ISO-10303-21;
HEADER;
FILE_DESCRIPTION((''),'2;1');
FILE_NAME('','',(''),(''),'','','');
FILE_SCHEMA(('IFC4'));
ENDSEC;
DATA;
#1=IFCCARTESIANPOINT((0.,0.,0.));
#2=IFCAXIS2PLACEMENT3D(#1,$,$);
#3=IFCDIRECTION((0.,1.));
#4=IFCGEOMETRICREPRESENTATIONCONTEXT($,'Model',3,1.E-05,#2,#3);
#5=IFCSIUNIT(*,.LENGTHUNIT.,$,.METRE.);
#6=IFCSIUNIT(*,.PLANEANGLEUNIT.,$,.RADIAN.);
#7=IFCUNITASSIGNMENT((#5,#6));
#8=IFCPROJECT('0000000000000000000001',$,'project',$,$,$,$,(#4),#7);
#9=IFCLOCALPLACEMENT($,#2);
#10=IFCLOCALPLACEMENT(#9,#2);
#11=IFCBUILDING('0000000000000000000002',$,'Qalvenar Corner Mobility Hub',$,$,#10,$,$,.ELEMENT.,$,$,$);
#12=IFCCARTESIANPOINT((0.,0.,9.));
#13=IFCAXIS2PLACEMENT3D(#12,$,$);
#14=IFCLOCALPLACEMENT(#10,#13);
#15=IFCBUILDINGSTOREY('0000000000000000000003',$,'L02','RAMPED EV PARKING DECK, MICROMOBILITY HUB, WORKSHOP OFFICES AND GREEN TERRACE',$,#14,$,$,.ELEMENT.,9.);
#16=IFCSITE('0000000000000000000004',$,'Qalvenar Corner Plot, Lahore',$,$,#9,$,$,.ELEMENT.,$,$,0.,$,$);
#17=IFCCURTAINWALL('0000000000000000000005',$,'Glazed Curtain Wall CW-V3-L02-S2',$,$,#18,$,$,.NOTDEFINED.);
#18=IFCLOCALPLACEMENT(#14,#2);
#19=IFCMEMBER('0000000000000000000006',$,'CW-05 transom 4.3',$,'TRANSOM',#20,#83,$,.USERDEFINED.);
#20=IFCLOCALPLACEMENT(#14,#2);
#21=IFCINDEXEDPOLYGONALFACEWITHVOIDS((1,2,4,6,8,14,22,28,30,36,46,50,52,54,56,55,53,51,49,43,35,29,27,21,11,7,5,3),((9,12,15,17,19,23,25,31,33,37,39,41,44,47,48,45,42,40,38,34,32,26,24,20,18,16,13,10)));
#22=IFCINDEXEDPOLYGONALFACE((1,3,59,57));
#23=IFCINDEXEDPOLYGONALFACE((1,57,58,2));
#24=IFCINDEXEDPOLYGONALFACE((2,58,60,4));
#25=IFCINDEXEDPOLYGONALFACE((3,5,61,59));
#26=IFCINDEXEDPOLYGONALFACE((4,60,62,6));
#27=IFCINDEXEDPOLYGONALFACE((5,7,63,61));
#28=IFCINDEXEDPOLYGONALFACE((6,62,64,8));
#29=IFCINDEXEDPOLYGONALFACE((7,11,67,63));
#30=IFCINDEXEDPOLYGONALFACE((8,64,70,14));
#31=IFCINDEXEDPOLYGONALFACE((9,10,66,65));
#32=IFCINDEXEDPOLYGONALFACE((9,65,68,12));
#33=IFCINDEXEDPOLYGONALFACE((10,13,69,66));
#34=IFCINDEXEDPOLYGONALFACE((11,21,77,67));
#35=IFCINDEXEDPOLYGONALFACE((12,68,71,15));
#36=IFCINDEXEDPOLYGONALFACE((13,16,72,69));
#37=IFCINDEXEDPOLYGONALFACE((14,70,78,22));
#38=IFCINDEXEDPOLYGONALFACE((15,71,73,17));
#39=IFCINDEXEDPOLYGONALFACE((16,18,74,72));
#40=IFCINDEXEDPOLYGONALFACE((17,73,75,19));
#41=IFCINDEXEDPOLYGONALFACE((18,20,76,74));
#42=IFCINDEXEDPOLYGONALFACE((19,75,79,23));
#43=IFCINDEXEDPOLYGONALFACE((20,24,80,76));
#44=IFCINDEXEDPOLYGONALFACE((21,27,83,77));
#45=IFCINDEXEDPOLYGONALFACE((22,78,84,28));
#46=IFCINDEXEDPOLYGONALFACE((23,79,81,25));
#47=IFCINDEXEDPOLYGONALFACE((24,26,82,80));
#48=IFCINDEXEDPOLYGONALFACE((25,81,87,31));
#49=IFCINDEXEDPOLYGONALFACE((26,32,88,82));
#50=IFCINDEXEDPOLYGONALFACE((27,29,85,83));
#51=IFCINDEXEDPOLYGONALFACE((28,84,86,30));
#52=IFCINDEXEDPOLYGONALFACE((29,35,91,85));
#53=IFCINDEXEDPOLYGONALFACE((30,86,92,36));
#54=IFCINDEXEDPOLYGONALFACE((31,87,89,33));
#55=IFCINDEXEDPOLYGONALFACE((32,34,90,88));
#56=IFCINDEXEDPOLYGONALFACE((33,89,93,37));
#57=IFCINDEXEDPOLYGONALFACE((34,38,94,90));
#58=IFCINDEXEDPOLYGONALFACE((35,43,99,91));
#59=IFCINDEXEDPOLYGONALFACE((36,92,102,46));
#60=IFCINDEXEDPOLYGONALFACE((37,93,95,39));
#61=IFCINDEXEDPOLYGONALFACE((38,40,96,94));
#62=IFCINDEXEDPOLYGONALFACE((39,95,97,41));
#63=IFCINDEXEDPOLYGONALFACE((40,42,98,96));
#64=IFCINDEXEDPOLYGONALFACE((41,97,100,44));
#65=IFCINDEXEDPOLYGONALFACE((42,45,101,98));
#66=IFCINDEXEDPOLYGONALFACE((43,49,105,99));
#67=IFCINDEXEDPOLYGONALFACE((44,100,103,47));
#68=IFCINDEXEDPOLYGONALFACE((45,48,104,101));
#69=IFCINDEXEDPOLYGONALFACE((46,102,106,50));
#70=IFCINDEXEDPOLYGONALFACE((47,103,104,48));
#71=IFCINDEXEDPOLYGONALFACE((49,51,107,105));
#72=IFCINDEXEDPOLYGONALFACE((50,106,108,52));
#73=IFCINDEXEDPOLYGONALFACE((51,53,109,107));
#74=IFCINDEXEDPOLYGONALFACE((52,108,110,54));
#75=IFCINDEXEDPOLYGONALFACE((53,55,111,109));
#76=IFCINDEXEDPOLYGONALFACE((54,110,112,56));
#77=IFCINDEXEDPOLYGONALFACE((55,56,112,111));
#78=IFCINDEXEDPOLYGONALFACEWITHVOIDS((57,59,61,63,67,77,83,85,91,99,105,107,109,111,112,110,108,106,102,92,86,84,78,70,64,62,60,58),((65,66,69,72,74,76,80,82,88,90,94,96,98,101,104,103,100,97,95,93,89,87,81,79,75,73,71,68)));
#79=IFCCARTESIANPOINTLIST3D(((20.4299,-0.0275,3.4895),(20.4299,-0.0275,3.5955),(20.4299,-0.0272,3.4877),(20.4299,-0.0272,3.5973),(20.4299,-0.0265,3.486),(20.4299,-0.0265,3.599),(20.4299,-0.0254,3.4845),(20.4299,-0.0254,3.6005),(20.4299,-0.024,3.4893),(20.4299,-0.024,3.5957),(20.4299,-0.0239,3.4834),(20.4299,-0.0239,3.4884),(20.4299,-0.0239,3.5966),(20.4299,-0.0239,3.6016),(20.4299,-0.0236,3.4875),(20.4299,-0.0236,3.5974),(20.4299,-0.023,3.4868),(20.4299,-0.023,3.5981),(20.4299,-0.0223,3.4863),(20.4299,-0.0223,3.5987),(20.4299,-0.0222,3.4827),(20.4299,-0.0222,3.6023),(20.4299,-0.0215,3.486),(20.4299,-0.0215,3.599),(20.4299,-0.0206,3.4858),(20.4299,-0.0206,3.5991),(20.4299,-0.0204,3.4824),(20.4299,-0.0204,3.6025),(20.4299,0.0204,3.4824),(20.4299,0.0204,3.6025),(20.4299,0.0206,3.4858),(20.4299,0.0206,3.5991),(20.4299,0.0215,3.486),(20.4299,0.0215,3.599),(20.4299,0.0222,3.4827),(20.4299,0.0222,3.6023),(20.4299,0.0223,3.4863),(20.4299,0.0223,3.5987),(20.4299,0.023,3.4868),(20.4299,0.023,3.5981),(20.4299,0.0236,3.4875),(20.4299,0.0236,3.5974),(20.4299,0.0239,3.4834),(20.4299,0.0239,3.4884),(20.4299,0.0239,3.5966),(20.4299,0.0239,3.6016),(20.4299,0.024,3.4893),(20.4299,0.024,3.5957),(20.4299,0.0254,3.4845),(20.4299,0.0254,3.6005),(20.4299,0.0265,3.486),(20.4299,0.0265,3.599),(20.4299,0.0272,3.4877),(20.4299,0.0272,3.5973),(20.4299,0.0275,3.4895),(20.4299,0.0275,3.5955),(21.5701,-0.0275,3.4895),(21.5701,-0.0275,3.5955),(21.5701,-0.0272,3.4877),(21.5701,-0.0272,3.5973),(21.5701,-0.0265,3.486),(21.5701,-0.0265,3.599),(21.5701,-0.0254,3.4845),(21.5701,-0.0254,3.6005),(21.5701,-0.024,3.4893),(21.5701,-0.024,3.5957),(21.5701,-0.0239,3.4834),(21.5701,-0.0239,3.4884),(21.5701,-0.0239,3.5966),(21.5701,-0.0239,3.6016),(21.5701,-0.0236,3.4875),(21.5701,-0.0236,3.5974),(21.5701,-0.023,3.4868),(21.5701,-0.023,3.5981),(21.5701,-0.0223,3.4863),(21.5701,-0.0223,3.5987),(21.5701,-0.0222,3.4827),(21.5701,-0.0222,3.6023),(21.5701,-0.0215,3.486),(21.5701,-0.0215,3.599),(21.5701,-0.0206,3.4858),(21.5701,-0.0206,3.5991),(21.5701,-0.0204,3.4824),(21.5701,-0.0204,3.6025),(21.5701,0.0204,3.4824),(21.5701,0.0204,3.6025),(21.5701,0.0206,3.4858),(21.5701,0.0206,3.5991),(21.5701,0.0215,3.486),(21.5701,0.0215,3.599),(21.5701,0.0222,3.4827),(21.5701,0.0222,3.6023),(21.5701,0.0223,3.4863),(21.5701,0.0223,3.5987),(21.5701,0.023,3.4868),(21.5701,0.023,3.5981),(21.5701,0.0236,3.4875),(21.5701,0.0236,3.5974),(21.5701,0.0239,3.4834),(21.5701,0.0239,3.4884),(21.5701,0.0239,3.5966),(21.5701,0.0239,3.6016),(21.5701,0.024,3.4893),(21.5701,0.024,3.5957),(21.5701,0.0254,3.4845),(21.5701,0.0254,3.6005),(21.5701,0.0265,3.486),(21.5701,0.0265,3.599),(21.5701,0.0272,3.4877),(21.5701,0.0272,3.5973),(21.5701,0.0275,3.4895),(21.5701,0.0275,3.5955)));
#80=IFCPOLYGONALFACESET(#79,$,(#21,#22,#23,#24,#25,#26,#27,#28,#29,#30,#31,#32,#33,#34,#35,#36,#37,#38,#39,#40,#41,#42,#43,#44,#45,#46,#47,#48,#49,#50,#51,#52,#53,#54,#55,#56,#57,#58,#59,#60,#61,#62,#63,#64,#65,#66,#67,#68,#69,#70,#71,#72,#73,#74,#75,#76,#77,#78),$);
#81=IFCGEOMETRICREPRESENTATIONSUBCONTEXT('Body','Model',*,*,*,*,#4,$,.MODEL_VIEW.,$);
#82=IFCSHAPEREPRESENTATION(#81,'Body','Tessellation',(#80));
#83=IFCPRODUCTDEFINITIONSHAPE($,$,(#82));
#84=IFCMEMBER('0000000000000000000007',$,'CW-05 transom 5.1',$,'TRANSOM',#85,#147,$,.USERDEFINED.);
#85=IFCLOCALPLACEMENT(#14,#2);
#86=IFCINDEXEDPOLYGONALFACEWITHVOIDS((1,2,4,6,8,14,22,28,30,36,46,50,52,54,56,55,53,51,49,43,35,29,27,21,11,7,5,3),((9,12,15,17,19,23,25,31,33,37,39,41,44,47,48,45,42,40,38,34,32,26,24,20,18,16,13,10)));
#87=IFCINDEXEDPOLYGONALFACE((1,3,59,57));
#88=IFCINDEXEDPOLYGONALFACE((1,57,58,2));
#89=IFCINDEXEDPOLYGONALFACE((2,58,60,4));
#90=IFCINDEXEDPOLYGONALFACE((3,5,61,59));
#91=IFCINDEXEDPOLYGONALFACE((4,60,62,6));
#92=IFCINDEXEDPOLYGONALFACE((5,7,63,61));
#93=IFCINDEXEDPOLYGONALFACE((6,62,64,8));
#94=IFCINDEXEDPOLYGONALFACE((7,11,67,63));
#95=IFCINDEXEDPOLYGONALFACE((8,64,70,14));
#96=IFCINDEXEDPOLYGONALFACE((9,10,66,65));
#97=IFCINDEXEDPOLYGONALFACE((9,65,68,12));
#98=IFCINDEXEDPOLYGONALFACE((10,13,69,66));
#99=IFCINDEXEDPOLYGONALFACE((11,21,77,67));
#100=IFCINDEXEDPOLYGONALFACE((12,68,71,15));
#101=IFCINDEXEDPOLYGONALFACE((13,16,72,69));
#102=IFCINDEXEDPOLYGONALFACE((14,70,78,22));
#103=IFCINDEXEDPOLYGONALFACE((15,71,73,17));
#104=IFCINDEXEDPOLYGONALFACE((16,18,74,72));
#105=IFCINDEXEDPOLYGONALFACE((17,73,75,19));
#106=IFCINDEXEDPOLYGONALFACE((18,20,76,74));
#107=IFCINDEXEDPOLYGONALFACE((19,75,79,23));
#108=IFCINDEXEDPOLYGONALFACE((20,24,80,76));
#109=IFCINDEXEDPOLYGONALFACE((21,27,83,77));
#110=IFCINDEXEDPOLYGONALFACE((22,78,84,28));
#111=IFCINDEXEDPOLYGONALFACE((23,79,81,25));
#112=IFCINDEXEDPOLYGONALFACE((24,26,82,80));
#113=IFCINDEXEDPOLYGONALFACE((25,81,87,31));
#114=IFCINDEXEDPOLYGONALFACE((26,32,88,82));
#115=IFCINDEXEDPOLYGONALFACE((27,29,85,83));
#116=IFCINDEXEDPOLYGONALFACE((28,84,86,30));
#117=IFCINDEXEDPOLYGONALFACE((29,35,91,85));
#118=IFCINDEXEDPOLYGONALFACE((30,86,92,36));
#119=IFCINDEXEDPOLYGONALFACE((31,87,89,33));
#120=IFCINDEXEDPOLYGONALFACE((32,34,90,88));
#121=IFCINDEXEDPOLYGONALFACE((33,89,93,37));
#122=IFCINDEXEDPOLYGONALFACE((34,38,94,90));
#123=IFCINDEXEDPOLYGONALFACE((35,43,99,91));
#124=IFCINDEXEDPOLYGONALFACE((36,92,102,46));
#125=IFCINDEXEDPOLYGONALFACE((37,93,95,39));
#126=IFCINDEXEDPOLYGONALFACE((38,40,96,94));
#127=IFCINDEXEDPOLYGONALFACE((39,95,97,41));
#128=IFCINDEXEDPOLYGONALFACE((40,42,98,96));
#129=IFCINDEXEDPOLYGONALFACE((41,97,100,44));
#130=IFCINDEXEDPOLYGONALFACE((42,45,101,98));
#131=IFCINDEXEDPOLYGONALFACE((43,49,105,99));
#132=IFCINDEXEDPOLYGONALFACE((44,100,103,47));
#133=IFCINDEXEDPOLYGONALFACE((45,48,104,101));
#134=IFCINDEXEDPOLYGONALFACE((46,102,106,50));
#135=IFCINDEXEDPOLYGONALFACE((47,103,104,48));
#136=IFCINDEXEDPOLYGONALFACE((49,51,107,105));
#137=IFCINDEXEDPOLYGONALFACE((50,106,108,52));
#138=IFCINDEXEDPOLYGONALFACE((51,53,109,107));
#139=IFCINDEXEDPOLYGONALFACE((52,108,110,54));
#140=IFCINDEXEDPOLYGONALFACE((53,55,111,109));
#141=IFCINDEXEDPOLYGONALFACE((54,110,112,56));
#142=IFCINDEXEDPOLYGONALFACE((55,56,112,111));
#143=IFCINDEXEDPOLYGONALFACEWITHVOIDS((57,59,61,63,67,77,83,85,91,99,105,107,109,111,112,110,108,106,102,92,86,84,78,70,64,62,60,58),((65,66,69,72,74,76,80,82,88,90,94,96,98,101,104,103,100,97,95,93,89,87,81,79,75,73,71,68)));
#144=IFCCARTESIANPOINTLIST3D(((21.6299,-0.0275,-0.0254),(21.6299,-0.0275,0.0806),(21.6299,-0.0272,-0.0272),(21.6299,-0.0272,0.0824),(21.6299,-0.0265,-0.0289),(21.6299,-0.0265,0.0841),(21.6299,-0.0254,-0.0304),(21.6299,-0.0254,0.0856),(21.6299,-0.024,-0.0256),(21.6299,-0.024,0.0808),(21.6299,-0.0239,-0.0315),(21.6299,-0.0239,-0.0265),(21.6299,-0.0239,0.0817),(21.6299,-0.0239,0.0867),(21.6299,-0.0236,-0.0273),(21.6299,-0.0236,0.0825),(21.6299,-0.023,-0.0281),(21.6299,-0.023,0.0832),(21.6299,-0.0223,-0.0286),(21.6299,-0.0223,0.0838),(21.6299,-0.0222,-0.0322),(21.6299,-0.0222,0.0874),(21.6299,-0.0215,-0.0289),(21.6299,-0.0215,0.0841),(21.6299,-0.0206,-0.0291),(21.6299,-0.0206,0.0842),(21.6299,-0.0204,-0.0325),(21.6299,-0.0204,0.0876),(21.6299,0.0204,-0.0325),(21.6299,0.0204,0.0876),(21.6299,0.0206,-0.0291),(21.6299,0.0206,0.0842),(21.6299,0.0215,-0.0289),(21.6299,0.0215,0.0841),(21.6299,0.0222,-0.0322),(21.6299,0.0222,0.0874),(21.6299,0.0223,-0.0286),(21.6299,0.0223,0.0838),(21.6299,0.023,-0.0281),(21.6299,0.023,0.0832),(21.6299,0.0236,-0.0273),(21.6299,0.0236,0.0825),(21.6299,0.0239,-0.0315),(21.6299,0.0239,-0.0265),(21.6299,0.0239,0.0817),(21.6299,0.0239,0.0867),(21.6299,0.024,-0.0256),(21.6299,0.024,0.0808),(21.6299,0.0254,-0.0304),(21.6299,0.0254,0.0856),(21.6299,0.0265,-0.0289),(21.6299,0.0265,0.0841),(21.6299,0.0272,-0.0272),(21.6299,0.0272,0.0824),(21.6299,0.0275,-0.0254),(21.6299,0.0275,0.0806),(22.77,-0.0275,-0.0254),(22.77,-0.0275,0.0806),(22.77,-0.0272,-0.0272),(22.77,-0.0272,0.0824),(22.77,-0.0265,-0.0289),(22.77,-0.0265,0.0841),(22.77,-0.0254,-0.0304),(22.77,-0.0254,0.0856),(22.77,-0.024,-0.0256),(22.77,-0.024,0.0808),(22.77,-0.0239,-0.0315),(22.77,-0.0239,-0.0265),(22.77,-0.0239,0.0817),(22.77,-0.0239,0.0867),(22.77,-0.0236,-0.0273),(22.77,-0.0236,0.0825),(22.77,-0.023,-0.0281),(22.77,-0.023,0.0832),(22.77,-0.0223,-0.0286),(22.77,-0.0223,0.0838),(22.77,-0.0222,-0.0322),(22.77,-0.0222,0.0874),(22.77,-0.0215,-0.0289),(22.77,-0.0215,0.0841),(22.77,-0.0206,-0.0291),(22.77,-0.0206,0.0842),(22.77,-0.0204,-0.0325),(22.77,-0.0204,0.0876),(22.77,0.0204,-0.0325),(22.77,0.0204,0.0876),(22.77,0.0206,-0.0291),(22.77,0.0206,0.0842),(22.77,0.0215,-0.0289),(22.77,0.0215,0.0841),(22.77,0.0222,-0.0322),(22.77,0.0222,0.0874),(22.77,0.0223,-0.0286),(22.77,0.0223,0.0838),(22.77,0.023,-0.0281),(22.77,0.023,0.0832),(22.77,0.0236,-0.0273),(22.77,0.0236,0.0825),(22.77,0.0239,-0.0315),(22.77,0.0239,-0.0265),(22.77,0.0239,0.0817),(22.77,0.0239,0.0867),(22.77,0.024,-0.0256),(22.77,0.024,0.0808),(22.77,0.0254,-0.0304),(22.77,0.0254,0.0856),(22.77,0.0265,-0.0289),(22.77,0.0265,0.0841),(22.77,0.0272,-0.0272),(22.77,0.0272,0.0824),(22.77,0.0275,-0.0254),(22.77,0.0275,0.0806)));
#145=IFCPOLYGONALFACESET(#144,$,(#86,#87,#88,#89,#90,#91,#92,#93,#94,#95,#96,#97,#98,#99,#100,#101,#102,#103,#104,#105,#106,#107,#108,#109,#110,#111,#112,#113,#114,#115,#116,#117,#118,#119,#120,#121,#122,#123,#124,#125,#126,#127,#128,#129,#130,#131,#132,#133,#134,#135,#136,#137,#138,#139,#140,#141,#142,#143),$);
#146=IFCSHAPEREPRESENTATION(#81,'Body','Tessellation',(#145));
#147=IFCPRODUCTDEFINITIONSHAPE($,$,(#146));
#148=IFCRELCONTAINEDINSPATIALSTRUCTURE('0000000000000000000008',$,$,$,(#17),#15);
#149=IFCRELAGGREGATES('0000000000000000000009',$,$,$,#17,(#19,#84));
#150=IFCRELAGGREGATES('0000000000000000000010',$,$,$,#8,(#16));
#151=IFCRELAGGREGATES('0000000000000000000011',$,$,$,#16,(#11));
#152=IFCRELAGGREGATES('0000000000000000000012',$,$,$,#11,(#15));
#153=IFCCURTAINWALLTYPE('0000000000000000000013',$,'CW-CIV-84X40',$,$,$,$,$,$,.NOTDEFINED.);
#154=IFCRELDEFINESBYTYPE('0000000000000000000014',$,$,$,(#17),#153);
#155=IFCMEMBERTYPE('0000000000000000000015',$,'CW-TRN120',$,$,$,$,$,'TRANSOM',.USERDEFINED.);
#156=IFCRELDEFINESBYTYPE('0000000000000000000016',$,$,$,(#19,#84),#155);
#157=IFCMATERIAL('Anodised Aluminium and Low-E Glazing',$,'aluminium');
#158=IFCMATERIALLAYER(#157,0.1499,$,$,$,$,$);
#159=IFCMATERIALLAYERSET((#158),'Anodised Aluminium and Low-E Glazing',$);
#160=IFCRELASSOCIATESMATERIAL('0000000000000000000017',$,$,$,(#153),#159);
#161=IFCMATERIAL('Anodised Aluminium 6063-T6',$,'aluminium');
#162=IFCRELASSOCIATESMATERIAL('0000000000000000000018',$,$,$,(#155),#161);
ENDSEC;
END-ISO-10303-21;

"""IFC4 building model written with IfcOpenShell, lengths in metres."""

from ifc_helpers import new_model, si_unit, direction, frame, origin, origin_2d, place, context, subcontext, project, spatial, hollow_rectangle, extrude, material, layer, layer_set, material_profile, profile_set, type_object, element, aggregate, save


model = new_model("IFC4")

# Units and contexts
model_context = context("Model", 3, precision=1e-05, world=origin(), true_north=direction((0.0, 1.0)))
body_context = subcontext(model_context, "Body", "Model", "MODEL_VIEW")
ifc_project = project(units=[si_unit("LENGTHUNIT", "METRE"), si_unit("PLANEANGLEUNIT", "RADIAN")], contexts=[model_context])

# Site, building, storey
site_placement = place(None, origin())
site = spatial("IfcSite", under=ifc_project, at=site_placement, Name="Qalvenar Corner Plot, Lahore", CompositionType="ELEMENT", RefElevation=0.0)
building_placement = place(site_placement, origin())
building = spatial("IfcBuilding", under=site, at=building_placement, Name="Qalvenar Corner Mobility Hub", CompositionType="ELEMENT")
storey_placement = place(building_placement, frame((0.0, 0.0, 9.0)))
storey = spatial("IfcBuildingStorey", under=building, at=storey_placement, Name="L02", Description="RAMPED EV PARKING DECK, MICROMOBILITY HUB, WORKSHOP OFFICES AND GREEN TERRACE", CompositionType="ELEMENT", Elevation=9.0)

# Curtain wall, members
ifc_material_1 = material(Name="Anodised Aluminium and Low-E Glazing", Category="aluminium")
ifc_layer_1 = layer(ifc_material_1, 0.1499)
ifc_layer_set_1 = layer_set([ifc_layer_1], Name="Anodised Aluminium and Low-E Glazing")
curtain_wall_type = type_object("IfcCurtainWallType", Name="CW-CIV-84X40", PredefinedType="NOTDEFINED", material=ifc_layer_set_1)
curtain_wall_placement = place(storey_placement, origin())
curtain_wall = element("IfcCurtainWall", 1, at=curtain_wall_placement, inside=storey, type_object=curtain_wall_type, Name="Glazed Curtain Wall CW-V3-L02-S2", PredefinedType="NOTDEFINED")
ifc_material_2 = material(Name="Anodised Aluminium 6063-T6", Category="aluminium")
ifc_material_profile_1 = material_profile(ifc_material_2, hollow_rectangle(XDim=0.0549, YDim=0.1201, WallThickness=0.0034, InnerFilletRadius=0.0034, OuterFilletRadius=0.0071, at=origin_2d()), Name="RHS120x55x3.5")
ifc_profile_set_1 = profile_set([ifc_material_profile_1], Name="Anodised Aluminium 6063-T6")
member_type_1 = type_object("IfcMemberType", Name="CW-TRN120", ElementType="TRANSOM", PredefinedType="USERDEFINED", material=ifc_profile_set_1)
member_1_placement = place(storey_placement, frame((20.4299, 0.0, 3.5425), z_axis=(1.0, 0.0, 0.0), x_axis=(0.0, 1.0, 0.0)))
member_1 = element("IfcMember", 2, at=member_1_placement, type_object=member_type_1, Name="CW-05 transom 4.3", ObjectType="TRANSOM", PredefinedType="USERDEFINED", context=body_context, shape_type="SweptSolid", body=[
    extrude(hollow_rectangle(XDim=0.0549, YDim=0.1201, WallThickness=0.0034, InnerFilletRadius=0.0034, OuterFilletRadius=0.0071, at=origin_2d()), origin(), (0.0, 0.0, 1.0), 1.1401),
])
member_2_placement = place(storey_placement, frame((21.6299, 0.0, 0.0276), z_axis=(1.0, 0.0, 0.0), x_axis=(0.0, 1.0, 0.0)))
member_2 = element("IfcMember", 3, at=member_2_placement, type_object=member_type_1, Name="CW-05 transom 5.1", ObjectType="TRANSOM", PredefinedType="USERDEFINED", context=body_context, shape_type="SweptSolid", body=[
    extrude(hollow_rectangle(XDim=0.0549, YDim=0.1201, WallThickness=0.0034, InnerFilletRadius=0.0034, OuterFilletRadius=0.0071, at=origin_2d()), origin(), (0.0, 0.0, 1.0), 1.1401),
])
aggregate(curtain_wall, [member_1, member_2])

save(model, "model.ifc")
